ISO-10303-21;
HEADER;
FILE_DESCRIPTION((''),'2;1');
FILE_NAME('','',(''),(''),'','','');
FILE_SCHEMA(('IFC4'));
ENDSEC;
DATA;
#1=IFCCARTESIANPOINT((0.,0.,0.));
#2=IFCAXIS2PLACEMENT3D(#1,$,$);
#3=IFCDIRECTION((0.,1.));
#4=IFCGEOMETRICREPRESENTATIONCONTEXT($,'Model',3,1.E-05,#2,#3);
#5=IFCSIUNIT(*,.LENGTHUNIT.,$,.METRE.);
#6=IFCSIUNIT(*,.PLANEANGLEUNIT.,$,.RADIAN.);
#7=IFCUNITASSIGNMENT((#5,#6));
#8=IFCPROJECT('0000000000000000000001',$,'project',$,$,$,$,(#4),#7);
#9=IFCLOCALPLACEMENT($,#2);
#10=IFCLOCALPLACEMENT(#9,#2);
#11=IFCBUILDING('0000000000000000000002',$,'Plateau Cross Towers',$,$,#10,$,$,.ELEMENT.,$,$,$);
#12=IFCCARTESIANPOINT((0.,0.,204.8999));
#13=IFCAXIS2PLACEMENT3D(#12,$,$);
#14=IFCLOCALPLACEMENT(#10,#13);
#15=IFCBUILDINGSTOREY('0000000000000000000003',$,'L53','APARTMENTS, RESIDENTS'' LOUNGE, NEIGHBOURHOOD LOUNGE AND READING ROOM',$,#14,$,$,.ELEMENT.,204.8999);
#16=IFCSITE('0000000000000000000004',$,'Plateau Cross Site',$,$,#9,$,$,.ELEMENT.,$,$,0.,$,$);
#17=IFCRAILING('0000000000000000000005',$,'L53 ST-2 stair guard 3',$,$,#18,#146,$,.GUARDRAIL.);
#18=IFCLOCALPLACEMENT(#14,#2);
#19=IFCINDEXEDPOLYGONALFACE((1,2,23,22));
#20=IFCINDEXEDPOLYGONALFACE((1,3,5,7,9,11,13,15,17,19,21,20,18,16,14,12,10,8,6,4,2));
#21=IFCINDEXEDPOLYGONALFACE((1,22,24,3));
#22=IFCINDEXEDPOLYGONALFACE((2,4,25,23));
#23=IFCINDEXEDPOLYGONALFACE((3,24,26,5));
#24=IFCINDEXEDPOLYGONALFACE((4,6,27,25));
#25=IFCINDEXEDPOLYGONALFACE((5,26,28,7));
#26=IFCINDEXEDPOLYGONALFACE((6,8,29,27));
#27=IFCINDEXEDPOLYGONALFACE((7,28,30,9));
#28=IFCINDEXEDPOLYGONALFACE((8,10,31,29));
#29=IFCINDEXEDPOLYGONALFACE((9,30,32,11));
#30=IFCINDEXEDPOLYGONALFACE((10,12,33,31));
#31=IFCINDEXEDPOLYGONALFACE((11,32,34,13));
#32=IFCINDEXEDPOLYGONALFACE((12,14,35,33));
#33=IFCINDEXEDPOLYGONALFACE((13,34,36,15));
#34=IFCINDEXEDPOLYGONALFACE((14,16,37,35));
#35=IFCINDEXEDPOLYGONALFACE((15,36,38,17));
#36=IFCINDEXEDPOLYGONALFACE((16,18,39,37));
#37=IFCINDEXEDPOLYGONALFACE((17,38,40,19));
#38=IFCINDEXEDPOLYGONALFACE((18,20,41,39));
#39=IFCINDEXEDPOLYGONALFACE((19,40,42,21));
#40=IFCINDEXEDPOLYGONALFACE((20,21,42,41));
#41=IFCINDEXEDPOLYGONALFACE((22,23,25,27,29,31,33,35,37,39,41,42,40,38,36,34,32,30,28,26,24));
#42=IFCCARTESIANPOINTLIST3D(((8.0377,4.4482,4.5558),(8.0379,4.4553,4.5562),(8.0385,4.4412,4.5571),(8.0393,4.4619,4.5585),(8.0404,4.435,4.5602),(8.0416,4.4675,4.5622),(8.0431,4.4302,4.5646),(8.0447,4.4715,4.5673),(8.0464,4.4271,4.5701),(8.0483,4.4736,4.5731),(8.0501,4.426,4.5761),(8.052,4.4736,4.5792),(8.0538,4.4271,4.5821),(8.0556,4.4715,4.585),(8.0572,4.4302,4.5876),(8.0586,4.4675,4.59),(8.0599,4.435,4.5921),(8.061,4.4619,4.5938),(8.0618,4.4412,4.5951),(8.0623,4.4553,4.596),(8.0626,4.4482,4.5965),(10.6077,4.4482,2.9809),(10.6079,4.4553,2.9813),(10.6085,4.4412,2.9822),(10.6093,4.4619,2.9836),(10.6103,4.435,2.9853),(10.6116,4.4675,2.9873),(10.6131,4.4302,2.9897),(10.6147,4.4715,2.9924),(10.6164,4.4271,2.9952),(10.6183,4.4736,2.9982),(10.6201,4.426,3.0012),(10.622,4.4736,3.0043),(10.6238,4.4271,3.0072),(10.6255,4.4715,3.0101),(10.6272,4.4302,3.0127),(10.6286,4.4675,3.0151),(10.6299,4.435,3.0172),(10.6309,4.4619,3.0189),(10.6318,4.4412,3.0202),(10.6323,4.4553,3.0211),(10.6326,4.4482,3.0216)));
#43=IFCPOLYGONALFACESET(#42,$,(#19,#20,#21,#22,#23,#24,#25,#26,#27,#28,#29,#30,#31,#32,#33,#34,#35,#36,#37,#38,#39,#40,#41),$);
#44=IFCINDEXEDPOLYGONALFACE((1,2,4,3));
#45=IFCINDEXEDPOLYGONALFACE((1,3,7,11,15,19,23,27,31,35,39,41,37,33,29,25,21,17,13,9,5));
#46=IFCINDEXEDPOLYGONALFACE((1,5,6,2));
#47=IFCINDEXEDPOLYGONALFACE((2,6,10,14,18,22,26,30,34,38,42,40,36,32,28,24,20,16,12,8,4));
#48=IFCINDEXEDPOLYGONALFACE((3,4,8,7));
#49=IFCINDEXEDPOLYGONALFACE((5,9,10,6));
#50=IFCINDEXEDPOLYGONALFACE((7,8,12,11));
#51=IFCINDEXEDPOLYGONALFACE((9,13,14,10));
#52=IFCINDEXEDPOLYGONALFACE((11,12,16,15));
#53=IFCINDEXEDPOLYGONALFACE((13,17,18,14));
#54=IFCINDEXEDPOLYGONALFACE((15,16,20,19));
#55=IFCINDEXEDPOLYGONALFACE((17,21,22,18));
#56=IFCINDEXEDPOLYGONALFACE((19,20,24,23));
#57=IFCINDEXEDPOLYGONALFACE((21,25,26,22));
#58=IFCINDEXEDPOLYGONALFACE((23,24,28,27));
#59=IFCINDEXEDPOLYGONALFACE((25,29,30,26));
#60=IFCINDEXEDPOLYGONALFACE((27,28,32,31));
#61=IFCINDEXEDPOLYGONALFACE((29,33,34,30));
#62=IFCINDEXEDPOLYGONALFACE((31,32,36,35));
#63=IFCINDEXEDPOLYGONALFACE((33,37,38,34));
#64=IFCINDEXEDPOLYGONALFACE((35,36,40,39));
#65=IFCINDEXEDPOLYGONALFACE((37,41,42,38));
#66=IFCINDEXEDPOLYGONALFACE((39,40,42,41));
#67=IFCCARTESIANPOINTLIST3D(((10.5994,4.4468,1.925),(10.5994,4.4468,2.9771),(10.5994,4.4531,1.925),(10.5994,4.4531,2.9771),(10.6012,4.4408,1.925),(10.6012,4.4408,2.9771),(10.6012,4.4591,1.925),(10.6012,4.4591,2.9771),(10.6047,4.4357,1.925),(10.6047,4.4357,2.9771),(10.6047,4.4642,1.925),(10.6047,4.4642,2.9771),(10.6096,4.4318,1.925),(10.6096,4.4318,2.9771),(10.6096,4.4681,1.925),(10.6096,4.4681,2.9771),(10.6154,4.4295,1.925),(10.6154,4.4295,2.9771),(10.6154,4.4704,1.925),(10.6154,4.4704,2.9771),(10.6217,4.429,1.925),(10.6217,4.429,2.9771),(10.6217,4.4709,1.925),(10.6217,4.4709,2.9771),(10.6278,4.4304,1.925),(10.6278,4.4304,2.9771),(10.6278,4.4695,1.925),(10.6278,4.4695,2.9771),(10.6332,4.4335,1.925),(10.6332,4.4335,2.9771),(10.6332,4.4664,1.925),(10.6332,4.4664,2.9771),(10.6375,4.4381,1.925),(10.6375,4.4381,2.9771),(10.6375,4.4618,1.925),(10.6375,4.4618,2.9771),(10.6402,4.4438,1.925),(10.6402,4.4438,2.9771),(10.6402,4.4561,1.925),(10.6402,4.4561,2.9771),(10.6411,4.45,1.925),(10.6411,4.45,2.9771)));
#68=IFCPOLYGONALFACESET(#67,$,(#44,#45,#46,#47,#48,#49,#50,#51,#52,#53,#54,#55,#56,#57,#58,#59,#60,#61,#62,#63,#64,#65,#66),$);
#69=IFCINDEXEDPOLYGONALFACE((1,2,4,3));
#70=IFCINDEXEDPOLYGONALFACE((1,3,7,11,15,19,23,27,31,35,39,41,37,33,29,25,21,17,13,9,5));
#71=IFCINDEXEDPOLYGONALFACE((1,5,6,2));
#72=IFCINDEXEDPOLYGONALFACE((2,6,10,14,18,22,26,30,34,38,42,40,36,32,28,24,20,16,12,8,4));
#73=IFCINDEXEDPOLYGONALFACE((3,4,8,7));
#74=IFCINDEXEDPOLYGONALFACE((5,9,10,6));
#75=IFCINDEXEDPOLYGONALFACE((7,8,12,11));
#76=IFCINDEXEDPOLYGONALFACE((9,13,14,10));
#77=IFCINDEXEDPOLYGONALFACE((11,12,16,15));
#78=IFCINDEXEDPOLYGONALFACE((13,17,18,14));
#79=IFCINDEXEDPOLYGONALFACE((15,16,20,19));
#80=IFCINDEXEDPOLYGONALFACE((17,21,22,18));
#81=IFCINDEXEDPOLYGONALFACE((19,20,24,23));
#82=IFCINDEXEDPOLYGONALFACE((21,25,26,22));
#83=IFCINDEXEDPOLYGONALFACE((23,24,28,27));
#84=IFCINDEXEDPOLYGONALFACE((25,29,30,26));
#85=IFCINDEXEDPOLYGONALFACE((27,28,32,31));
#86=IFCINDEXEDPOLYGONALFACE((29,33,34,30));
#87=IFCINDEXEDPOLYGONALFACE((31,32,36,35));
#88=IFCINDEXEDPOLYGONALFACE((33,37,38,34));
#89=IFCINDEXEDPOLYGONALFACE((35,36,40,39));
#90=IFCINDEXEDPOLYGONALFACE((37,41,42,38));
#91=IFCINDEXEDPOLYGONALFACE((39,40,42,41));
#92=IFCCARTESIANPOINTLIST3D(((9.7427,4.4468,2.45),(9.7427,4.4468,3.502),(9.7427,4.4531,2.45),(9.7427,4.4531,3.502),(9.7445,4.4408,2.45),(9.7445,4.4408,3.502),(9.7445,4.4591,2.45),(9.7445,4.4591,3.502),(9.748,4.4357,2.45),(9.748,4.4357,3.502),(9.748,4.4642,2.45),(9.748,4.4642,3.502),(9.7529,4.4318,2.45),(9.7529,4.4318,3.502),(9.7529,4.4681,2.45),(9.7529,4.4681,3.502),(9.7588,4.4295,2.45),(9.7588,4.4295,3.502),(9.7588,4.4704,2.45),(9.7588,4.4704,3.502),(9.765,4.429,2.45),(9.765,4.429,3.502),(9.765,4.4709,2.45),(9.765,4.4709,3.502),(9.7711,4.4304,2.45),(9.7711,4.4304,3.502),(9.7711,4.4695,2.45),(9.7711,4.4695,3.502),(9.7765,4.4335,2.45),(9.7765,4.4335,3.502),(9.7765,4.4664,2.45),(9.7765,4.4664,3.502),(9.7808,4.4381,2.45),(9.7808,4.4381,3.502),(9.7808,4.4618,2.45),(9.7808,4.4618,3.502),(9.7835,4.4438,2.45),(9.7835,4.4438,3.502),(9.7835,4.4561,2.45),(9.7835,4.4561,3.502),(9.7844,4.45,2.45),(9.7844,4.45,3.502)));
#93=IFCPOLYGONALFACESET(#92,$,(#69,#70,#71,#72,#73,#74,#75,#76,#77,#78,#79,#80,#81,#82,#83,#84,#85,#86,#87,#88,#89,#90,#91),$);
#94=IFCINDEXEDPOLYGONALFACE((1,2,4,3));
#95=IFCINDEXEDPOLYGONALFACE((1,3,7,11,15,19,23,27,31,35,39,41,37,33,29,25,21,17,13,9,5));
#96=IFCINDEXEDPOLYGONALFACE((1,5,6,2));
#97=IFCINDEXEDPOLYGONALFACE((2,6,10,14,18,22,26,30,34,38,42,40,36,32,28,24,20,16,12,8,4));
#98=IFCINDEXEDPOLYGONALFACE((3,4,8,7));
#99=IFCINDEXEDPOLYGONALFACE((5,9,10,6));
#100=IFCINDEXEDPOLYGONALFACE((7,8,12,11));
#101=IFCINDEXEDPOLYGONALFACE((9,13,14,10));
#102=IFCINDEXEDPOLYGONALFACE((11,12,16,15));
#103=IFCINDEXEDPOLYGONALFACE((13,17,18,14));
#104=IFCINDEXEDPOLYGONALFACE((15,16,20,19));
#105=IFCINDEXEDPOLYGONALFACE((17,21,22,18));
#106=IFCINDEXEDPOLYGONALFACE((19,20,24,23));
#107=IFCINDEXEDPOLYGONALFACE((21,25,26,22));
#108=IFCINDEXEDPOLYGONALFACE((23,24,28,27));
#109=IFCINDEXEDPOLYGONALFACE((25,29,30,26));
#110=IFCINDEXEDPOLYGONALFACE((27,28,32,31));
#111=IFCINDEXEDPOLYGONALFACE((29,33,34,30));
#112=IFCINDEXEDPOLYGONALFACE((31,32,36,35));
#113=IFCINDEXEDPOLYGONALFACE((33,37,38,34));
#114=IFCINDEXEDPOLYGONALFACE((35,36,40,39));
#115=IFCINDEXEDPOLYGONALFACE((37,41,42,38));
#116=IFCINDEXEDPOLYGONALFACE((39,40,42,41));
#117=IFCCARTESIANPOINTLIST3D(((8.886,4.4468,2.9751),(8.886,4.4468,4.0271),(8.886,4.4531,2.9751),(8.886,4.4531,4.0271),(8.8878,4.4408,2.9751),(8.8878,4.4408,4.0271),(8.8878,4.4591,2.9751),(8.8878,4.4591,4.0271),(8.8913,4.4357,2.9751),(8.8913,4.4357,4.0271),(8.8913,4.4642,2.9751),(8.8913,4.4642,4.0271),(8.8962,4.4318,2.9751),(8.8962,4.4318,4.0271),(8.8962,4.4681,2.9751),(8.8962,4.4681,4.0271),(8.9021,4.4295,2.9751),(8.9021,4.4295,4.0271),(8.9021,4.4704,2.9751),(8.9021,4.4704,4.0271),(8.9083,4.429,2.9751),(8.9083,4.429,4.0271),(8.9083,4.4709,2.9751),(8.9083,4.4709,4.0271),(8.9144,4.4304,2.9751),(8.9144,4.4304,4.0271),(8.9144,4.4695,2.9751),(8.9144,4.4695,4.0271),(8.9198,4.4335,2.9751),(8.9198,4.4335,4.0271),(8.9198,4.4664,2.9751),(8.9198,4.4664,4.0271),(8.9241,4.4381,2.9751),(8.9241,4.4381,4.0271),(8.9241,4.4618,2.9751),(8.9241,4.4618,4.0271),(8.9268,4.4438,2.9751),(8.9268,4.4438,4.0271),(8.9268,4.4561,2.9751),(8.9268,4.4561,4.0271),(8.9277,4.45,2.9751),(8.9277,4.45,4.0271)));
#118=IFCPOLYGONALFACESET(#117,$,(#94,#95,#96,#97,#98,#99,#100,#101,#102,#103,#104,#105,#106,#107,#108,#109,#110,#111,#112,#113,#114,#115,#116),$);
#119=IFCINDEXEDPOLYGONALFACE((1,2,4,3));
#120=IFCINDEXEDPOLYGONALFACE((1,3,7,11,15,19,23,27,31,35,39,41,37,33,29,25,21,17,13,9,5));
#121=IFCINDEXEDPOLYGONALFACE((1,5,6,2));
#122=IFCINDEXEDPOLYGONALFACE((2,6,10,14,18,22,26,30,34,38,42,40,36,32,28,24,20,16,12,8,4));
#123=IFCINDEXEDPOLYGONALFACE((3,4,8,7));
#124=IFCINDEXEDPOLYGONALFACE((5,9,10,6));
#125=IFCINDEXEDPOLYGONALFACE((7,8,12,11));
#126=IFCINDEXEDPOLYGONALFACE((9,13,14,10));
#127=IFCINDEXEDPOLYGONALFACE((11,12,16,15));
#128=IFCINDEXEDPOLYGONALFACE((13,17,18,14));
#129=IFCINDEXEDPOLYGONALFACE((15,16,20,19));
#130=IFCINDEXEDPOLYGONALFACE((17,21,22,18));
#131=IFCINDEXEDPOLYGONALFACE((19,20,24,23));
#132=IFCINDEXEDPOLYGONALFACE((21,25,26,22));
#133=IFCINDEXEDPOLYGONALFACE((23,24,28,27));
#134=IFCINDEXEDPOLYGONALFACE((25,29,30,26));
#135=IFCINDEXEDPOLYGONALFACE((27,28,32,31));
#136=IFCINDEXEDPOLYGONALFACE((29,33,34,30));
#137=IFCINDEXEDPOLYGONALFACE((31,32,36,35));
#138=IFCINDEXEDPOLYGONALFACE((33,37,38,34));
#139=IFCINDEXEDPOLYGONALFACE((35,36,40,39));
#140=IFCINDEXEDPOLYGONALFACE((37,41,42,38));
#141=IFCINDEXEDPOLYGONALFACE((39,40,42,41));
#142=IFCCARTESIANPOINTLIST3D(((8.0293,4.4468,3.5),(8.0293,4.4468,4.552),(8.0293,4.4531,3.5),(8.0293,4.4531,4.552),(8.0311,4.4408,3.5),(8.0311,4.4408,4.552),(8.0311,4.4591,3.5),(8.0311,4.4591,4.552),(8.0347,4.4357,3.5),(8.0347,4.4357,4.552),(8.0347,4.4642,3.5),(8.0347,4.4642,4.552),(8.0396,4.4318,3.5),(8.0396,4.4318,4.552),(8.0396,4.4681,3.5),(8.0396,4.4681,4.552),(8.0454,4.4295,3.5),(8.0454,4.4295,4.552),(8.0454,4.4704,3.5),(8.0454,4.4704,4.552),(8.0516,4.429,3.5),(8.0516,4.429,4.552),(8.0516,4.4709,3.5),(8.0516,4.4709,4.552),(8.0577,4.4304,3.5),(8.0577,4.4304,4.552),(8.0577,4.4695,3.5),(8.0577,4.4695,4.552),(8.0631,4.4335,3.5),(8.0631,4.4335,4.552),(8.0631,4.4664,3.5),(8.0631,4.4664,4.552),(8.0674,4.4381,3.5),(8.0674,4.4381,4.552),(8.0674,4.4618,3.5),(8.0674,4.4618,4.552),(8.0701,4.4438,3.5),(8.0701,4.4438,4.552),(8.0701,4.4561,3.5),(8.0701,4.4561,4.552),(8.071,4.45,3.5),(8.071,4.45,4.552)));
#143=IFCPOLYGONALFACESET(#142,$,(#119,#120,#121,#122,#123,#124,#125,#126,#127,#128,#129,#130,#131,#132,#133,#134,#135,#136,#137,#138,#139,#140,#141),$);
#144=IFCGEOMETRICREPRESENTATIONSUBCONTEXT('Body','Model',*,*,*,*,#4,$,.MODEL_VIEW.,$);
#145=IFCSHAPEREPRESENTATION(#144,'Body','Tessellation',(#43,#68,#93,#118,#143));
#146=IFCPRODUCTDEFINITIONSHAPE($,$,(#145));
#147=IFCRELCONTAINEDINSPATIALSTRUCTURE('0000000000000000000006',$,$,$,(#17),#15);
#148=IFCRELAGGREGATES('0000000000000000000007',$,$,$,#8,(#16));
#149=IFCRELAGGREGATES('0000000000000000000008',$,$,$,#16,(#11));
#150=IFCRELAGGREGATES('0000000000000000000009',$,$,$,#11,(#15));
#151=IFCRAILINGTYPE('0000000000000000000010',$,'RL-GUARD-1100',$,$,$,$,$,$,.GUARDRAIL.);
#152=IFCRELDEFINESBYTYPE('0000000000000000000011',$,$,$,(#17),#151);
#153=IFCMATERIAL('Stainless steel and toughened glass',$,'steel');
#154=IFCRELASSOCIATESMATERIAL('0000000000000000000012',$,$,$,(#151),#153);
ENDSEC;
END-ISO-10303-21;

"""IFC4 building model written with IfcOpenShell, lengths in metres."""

from ifc_helpers import new_model, si_unit, direction, frame, origin, origin_2d, place, context, subcontext, project, spatial, circle, extrude, material, type_object, element, save


model = new_model("IFC4")

# Units and contexts
model_context = context("Model", 3, precision=1e-05, world=origin(), true_north=direction((0.0, 1.0)))
body_context = subcontext(model_context, "Body", "Model", "MODEL_VIEW")
ifc_project = project(units=[si_unit("LENGTHUNIT", "METRE"), si_unit("PLANEANGLEUNIT", "RADIAN")], contexts=[model_context])

# Site, building, storey
site_placement = place(None, origin())
site = spatial("IfcSite", under=ifc_project, at=site_placement, Name="Plateau Cross Site", CompositionType="ELEMENT", RefElevation=0.0)
building_placement = place(site_placement, origin())
building = spatial("IfcBuilding", under=site, at=building_placement, Name="Plateau Cross Towers", CompositionType="ELEMENT")
storey_placement = place(building_placement, frame((0.0, 0.0, 204.8999)))
storey = spatial("IfcBuildingStorey", under=building, at=storey_placement, Name="L53", Description="APARTMENTS, RESIDENTS' LOUNGE, NEIGHBOURHOOD LOUNGE AND READING ROOM", CompositionType="ELEMENT", Elevation=204.8999)

# Railing
ifc_material_1 = material(Name="Stainless steel and toughened glass", Category="steel")
railing_type_1 = type_object("IfcRailingType", Name="RL-GUARD-1100", PredefinedType="GUARDRAIL", material=ifc_material_1)
railing_1_placement = place(storey_placement, frame((10.6201, 4.45, 1.925)))
element("IfcRailing", 1, at=railing_1_placement, inside=storey, type_object=railing_type_1, Name="L53 ST-2 stair guard 3", PredefinedType="GUARDRAIL", context=body_context, shape_type="SweptSolid", body=[
    extrude(circle(Radius=0.0239, at=origin_2d()), frame((0.0, 0.0, 1.0762), z_axis=(-0.852639, 0.0, 0.522501), x_axis=(0.0, -1.0, 0.0)), (0.0, 0.0, 1.0), 3.0142),
    extrude(circle(Radius=0.021, at=origin_2d()), origin(), (0.0, 0.0, 1.0), 1.052),
    extrude(circle(Radius=0.021, at=origin_2d()), frame((-0.8567, 0.0, 0.5249)), (0.0, 0.0, 1.0), 1.052),
    extrude(circle(Radius=0.021, at=origin_2d()), frame((-1.7134, 0.0, 1.05)), (0.0, 0.0, 1.0), 1.052),
    extrude(circle(Radius=0.021, at=origin_2d()), frame((-2.5701, 0.0, 1.575)), (0.0, 0.0, 1.0), 1.052),
])

save(model, "model.ifc")
